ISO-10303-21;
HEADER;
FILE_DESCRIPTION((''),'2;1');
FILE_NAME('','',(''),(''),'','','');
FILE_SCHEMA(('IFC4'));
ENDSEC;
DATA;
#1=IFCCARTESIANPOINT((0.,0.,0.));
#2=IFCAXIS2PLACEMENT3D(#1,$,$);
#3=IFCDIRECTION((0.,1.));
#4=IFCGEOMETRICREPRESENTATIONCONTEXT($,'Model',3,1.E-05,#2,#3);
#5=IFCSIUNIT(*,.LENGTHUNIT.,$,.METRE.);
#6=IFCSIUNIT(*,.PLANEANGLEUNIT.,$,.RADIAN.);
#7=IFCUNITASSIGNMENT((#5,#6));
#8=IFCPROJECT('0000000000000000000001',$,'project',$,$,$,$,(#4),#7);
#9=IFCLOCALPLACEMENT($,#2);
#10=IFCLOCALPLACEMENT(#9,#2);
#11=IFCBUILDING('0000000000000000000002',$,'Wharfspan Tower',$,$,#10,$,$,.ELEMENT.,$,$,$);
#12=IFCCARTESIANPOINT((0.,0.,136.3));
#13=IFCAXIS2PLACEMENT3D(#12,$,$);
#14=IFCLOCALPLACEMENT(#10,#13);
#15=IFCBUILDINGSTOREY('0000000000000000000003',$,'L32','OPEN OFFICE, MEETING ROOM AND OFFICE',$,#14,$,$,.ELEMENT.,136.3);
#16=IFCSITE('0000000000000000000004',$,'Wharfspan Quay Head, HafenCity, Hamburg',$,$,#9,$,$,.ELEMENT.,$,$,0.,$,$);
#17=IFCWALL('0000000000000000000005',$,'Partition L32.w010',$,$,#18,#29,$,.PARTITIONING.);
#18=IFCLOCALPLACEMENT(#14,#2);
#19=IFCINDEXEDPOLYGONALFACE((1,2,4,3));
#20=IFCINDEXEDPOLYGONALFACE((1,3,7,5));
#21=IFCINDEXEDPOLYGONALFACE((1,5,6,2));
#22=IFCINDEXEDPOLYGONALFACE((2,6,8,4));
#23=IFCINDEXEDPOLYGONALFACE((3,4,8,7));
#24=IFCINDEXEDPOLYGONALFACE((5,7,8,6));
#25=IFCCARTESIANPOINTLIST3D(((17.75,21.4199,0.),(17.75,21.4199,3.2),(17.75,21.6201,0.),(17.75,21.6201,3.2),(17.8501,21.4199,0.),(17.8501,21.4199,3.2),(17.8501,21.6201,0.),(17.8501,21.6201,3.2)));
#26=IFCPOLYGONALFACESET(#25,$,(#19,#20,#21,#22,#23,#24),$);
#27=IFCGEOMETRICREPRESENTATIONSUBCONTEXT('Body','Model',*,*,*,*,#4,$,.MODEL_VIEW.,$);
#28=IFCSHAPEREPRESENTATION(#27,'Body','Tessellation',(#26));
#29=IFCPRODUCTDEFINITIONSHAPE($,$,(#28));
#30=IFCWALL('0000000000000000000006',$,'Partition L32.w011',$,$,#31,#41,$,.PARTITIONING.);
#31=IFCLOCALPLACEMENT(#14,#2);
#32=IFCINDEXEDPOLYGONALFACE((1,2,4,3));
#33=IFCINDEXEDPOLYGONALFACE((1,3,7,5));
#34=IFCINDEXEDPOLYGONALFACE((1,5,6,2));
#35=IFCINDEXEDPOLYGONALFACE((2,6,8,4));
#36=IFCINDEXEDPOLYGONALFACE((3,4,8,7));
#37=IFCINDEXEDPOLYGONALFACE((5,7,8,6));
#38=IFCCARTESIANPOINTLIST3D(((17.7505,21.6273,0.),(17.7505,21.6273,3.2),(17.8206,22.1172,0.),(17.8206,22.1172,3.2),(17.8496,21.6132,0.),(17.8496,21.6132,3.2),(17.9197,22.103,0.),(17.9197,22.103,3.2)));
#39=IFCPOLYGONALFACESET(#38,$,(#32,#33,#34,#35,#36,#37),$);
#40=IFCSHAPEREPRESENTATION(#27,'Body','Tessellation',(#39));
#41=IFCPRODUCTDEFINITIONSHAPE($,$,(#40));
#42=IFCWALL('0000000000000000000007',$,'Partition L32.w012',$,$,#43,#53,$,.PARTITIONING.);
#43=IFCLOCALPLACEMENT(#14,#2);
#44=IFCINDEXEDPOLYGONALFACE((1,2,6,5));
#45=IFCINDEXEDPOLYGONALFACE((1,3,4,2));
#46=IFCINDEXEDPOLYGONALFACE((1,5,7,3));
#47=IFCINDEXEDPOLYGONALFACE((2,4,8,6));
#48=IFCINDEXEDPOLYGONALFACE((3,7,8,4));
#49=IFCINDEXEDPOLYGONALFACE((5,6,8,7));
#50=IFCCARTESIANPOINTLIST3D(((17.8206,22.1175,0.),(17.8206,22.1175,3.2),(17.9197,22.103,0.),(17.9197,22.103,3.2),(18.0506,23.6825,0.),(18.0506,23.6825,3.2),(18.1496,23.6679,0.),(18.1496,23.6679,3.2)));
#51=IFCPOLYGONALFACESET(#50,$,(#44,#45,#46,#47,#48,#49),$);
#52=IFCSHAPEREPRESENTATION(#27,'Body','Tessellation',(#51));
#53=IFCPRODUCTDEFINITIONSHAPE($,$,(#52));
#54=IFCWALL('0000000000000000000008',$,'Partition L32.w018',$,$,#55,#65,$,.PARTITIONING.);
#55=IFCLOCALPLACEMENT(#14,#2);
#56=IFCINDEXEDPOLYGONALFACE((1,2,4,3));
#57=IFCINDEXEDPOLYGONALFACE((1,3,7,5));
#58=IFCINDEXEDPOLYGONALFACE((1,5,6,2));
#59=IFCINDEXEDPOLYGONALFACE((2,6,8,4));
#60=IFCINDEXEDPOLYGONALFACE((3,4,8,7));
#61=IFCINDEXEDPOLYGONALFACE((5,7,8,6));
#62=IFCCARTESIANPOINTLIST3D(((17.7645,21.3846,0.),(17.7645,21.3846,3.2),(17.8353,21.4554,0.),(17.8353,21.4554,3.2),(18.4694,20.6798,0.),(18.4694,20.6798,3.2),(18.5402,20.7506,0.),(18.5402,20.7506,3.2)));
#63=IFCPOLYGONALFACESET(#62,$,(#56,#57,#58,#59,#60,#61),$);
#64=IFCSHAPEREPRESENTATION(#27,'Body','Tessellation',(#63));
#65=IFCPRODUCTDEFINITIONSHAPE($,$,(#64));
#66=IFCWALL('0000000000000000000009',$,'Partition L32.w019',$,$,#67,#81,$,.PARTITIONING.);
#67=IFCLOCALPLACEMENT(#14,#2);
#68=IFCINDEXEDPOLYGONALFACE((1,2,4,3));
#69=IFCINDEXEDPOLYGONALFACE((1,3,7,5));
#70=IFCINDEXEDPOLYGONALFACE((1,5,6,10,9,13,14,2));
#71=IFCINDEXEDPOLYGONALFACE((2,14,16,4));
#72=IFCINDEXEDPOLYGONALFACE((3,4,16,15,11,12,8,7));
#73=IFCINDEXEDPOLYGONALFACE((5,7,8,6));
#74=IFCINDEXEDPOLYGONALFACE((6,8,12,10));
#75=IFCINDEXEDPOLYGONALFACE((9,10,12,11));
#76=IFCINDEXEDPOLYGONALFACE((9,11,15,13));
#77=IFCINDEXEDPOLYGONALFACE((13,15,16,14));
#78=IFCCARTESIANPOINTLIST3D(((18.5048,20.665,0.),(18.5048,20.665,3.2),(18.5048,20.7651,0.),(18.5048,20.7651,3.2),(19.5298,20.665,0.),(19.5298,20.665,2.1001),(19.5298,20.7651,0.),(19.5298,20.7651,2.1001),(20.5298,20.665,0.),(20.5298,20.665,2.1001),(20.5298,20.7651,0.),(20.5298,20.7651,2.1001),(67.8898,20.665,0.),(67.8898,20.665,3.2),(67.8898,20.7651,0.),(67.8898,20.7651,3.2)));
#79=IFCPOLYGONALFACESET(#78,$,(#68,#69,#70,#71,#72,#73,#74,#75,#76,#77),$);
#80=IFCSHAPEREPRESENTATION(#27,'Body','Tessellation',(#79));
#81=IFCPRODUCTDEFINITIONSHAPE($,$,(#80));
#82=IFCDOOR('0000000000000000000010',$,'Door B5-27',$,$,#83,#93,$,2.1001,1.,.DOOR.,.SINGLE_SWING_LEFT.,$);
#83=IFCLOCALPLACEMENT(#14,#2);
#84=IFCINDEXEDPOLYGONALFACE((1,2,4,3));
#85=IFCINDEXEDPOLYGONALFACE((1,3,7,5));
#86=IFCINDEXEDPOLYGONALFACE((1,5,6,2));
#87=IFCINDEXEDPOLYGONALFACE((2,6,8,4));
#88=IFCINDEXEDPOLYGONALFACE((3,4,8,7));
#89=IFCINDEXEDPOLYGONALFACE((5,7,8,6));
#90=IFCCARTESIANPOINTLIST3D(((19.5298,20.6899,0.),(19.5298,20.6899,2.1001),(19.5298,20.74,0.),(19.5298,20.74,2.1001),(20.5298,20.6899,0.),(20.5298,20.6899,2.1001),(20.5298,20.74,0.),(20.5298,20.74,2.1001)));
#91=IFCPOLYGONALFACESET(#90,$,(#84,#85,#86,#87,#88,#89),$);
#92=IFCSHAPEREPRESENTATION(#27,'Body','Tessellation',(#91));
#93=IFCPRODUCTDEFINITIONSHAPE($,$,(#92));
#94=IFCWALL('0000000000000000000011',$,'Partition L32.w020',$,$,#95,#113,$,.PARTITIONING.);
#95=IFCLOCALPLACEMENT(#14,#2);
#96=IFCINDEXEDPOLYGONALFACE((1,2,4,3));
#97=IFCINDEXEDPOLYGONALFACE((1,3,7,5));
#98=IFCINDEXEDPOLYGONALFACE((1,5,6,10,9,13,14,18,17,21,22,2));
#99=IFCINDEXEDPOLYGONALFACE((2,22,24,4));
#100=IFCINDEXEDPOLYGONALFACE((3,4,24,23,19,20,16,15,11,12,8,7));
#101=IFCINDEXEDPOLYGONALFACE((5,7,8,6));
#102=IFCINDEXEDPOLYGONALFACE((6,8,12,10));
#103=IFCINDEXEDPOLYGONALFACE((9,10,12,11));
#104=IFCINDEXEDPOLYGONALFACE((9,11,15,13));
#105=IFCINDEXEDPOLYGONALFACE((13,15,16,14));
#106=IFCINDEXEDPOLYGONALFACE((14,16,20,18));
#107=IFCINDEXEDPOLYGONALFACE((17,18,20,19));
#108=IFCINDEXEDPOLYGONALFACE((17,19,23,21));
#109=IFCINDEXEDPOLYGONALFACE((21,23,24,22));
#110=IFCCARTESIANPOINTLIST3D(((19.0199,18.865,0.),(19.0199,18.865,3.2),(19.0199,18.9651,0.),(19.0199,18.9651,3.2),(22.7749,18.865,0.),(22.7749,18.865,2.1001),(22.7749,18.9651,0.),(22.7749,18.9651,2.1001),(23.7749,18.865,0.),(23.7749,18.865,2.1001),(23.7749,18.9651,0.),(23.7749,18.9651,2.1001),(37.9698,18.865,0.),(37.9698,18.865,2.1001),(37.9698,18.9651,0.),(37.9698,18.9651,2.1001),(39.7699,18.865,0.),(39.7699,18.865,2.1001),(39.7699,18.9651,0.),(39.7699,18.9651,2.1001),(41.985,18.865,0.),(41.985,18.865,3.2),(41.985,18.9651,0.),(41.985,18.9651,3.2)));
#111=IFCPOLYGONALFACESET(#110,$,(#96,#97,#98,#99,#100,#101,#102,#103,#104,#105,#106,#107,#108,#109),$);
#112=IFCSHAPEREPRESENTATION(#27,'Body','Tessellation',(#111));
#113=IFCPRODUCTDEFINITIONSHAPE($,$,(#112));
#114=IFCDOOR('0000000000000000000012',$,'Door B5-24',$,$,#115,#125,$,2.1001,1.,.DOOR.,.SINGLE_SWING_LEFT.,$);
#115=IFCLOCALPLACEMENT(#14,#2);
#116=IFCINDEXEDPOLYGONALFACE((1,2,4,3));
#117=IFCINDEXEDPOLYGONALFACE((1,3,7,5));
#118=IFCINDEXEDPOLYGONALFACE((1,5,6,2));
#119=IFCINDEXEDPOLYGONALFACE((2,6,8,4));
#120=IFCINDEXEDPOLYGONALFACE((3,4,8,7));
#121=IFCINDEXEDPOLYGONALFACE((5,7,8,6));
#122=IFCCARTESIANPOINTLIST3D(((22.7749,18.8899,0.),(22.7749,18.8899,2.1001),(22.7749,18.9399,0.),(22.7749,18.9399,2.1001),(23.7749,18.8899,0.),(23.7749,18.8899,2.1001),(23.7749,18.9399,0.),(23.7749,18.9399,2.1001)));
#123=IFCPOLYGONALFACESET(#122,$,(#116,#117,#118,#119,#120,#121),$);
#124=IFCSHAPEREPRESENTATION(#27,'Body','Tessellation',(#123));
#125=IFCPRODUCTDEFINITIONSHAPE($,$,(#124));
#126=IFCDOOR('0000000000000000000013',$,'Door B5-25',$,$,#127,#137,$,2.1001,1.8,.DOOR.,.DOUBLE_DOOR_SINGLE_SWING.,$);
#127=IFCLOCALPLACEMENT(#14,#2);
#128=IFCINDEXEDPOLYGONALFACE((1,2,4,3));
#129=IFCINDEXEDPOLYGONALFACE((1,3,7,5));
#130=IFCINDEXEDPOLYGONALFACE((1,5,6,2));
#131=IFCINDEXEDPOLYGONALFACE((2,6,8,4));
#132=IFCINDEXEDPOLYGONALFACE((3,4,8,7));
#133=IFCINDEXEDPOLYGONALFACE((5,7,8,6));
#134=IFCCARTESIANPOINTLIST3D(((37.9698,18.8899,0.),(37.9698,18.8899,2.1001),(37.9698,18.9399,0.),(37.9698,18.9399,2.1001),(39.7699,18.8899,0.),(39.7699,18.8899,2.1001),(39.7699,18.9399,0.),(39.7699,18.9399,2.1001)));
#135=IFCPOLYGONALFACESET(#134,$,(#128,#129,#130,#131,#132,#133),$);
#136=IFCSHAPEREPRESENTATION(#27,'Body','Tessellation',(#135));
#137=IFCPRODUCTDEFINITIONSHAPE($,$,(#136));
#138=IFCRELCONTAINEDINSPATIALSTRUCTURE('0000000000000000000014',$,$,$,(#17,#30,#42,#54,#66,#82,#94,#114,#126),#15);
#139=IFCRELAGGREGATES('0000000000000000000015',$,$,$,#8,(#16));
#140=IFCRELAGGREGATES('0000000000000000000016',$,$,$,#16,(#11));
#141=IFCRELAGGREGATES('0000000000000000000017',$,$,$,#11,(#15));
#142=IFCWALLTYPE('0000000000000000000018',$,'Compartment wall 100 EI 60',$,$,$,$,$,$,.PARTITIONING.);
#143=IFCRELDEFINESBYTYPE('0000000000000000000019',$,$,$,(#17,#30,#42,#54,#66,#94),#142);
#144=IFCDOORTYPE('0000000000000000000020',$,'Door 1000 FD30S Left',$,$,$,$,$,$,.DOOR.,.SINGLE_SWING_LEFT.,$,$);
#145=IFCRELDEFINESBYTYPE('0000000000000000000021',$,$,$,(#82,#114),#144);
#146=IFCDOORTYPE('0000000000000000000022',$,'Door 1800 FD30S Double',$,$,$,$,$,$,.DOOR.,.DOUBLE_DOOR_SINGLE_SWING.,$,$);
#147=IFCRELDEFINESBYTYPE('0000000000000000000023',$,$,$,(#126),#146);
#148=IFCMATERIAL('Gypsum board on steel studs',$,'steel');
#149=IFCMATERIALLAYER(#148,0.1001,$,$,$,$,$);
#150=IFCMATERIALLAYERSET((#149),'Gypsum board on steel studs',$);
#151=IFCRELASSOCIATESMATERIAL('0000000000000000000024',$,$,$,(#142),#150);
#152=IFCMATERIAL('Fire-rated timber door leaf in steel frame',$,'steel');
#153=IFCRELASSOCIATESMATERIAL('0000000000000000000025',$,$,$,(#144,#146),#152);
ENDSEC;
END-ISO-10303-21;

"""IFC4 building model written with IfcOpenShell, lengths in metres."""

from ifc_helpers import new_model, si_unit, direction, frame, frame_2d, origin, place, context, subcontext, project, spatial, rectangle, extrude, material, layer, layer_set, type_object, element, fill, save


model = new_model("IFC4")

# Units and contexts
model_context = context("Model", 3, precision=1e-05, world=origin(), true_north=direction((0.0, 1.0)))
body_context = subcontext(model_context, "Body", "Model", "MODEL_VIEW")
ifc_project = project(units=[si_unit("LENGTHUNIT", "METRE"), si_unit("PLANEANGLEUNIT", "RADIAN")], contexts=[model_context])

# Site, building, storey
site_placement = place(None, origin())
site = spatial("IfcSite", under=ifc_project, at=site_placement, Name="Wharfspan Quay Head, HafenCity, Hamburg", CompositionType="ELEMENT", RefElevation=0.0)
building_placement = place(site_placement, origin())
building = spatial("IfcBuilding", under=site, at=building_placement, Name="Wharfspan Tower", CompositionType="ELEMENT")
storey_placement = place(building_placement, frame((0.0, 0.0, 136.3)))
storey = spatial("IfcBuildingStorey", under=building, at=storey_placement, Name="L32", Description="OPEN OFFICE, MEETING ROOM AND OFFICE", CompositionType="ELEMENT", Elevation=136.3)

# Walls
ifc_material_1 = material(Name="Gypsum board on steel studs", Category="steel")
ifc_layer = layer(ifc_material_1, 0.1001)
ifc_layer_set = layer_set([ifc_layer], Name="Gypsum board on steel studs")
wall_type = type_object("IfcWallType", Name="Compartment wall 100 EI 60", PredefinedType="PARTITIONING", material=ifc_layer_set)
wall_1_placement = place(storey_placement, frame((17.8, 21.4199, 0.0), z_axis=(0.0, 0.0, 1.0), x_axis=(0.0, 1.0, 0.0)))
element("IfcWall", 1, at=wall_1_placement, inside=storey, type_object=wall_type, Name="Partition L32.w010", PredefinedType="PARTITIONING", context=body_context, shape_type="SweptSolid", body=[
    extrude(rectangle(XDim=0.2002, YDim=0.1001, at=frame_2d((0.1001, 0.0))), origin(), (0.0, 0.0, 1.0), 3.2),
])
wall_2_placement = place(storey_placement, frame((17.8, 21.6201, 0.0), z_axis=(0.0, 0.0, 1.0), x_axis=(0.141559, 0.989927, 0.0)))
element("IfcWall", 2, at=wall_2_placement, inside=storey, type_object=wall_type, Name="Partition L32.w011", PredefinedType="PARTITIONING", context=body_context, shape_type="SweptSolid", body=[
    extrude(rectangle(XDim=0.4949, YDim=0.1001, at=frame_2d((0.2476, 0.0))), origin(), (0.0, 0.0, 1.0), 3.2),
])
wall_3_placement = place(storey_placement, frame((17.8701, 22.1101, 0.0), z_axis=(0.0, 0.0, 1.0), x_axis=(0.145396, 0.989372, 0.0)))
element("IfcWall", 3, at=wall_3_placement, inside=storey, type_object=wall_type, Name="Partition L32.w012", PredefinedType="PARTITIONING", context=body_context, shape_type="SweptSolid", body=[
    extrude(rectangle(XDim=1.5818, YDim=0.1001, at=frame_2d((0.791, 0.0))), origin(), (0.0, 0.0, 1.0), 3.2),
])
wall_4_placement = place(storey_placement, frame((18.5049, 20.7151, 0.0), z_axis=(0.0, 0.0, 1.0), x_axis=(-0.707107, 0.707107, 0.0)))
element("IfcWall", 4, at=wall_4_placement, inside=storey, type_object=wall_type, Name="Partition L32.w018", PredefinedType="PARTITIONING", context=body_context, shape_type="SweptSolid", body=[
    extrude(rectangle(XDim=0.9968, YDim=0.1001, at=frame_2d((0.4985, 0.0))), origin(), (0.0, 0.0, 1.0), 3.2),
])

# Wall, opening, door
wall_5_placement = place(storey_placement, frame((18.5049, 20.7151, 0.0), z_axis=(0.0, 0.0, 1.0), x_axis=(1.0, 0.0, 0.0)))
wall_5 = element("IfcWall", 5, at=wall_5_placement, inside=storey, type_object=wall_type, Name="Partition L32.w019", PredefinedType="PARTITIONING", context=body_context, shape_type="SweptSolid", body=[
    extrude(rectangle(XDim=49.385, YDim=0.1001, at=frame_2d((24.6924, 0.0))), origin(), (0.0, 0.0, 1.0), 3.2),
])
opening_1_placement = place(wall_5_placement, frame((1.0249, 0.0, 0.0)))
opening_1 = element("IfcOpeningElement", 6, at=opening_1_placement, cuts=wall_5, PredefinedType="OPENING", context=body_context, shape_type="SweptSolid", body=[
    extrude(rectangle(XDim=1.0, YDim=2.1001, at=frame_2d((0.5, 1.05))), frame((0.0, 0.0601, 0.0), z_axis=(0.0, -1.0, 0.0), x_axis=(1.0, 0.0, 0.0)), (0.0, 0.0, 1.0), 0.1201),
])
ifc_material_2 = material(Name="Fire-rated timber door leaf in steel frame", Category="steel")
door_type_1 = type_object("IfcDoorType", Name="Door 1000 FD30S Left", OperationType="SINGLE_SWING_LEFT", PredefinedType="DOOR", material=ifc_material_2)
door_1_placement = place(opening_1_placement, origin())
door_1 = element("IfcDoor", 7, at=door_1_placement, inside=storey, type_object=door_type_1, Name="Door B5-27", OperationType="SINGLE_SWING_LEFT", OverallHeight=2.1001, OverallWidth=1.0, PredefinedType="DOOR", context=body_context, shape_type="SweptSolid", body=[
    extrude(rectangle(XDim=1.0, YDim=2.1001, at=frame_2d((0.5, 1.05))), frame((0.0, 0.0249, 0.0), z_axis=(0.0, -1.0, 0.0), x_axis=(1.0, 0.0, 0.0)), (0.0, 0.0, 1.0), 0.05),
])
fill(opening_1, door_1)

# Wall, openings, doors
wall_6_placement = place(storey_placement, frame((19.02, 18.915, 0.0), z_axis=(0.0, 0.0, 1.0), x_axis=(1.0, 0.0, 0.0)))
wall_6 = element("IfcWall", 8, at=wall_6_placement, inside=storey, type_object=wall_type, Name="Partition L32.w020", PredefinedType="PARTITIONING", context=body_context, shape_type="SweptSolid", body=[
    extrude(rectangle(XDim=22.9651, YDim=0.1001, at=frame_2d((11.4824, 0.0))), origin(), (0.0, 0.0, 1.0), 3.2),
])
opening_2_placement = place(wall_6_placement, frame((3.7549, 0.0, 0.0)))
opening_2 = element("IfcOpeningElement", 9, at=opening_2_placement, cuts=wall_6, PredefinedType="OPENING", context=body_context, shape_type="SweptSolid", body=[
    extrude(rectangle(XDim=1.0, YDim=2.1001, at=frame_2d((0.5, 1.05))), frame((0.0, 0.0601, 0.0), z_axis=(0.0, -1.0, 0.0), x_axis=(1.0, 0.0, 0.0)), (0.0, 0.0, 1.0), 0.1201),
])
opening_3_placement = place(wall_6_placement, frame((18.95, 0.0, 0.0)))
opening_3 = element("IfcOpeningElement", 10, at=opening_3_placement, cuts=wall_6, PredefinedType="OPENING", context=body_context, shape_type="SweptSolid", body=[
    extrude(rectangle(XDim=1.8, YDim=2.1001, at=frame_2d((0.8999, 1.05))), frame((0.0, 0.0601, 0.0), z_axis=(0.0, -1.0, 0.0), x_axis=(1.0, 0.0, 0.0)), (0.0, 0.0, 1.0), 0.1201),
])
door_2_placement = place(opening_2_placement, origin())
door_2 = element("IfcDoor", 11, at=door_2_placement, inside=storey, type_object=door_type_1, Name="Door B5-24", OperationType="SINGLE_SWING_LEFT", OverallHeight=2.1001, OverallWidth=1.0, PredefinedType="DOOR", context=body_context, shape_type="SweptSolid", body=[
    extrude(rectangle(XDim=1.0, YDim=2.1001, at=frame_2d((0.5, 1.05))), frame((0.0, 0.0249, 0.0), z_axis=(0.0, -1.0, 0.0), x_axis=(1.0, 0.0, 0.0)), (0.0, 0.0, 1.0), 0.05),
])
fill(opening_2, door_2)
door_type_2 = type_object("IfcDoorType", Name="Door 1800 FD30S Double", OperationType="DOUBLE_DOOR_SINGLE_SWING", PredefinedType="DOOR", material=ifc_material_2)
door_3_placement = place(opening_3_placement, origin())
door_3 = element("IfcDoor", 12, at=door_3_placement, inside=storey, type_object=door_type_2, Name="Door B5-25", OperationType="DOUBLE_DOOR_SINGLE_SWING", OverallHeight=2.1001, OverallWidth=1.8, PredefinedType="DOOR", context=body_context, shape_type="SweptSolid", body=[
    extrude(rectangle(XDim=1.8, YDim=2.1001, at=frame_2d((0.8999, 1.05))), frame((0.0, 0.0249, 0.0), z_axis=(0.0, -1.0, 0.0), x_axis=(1.0, 0.0, 0.0)), (0.0, 0.0, 1.0), 0.05),
])
fill(opening_3, door_3)

save(model, "model.ifc")
